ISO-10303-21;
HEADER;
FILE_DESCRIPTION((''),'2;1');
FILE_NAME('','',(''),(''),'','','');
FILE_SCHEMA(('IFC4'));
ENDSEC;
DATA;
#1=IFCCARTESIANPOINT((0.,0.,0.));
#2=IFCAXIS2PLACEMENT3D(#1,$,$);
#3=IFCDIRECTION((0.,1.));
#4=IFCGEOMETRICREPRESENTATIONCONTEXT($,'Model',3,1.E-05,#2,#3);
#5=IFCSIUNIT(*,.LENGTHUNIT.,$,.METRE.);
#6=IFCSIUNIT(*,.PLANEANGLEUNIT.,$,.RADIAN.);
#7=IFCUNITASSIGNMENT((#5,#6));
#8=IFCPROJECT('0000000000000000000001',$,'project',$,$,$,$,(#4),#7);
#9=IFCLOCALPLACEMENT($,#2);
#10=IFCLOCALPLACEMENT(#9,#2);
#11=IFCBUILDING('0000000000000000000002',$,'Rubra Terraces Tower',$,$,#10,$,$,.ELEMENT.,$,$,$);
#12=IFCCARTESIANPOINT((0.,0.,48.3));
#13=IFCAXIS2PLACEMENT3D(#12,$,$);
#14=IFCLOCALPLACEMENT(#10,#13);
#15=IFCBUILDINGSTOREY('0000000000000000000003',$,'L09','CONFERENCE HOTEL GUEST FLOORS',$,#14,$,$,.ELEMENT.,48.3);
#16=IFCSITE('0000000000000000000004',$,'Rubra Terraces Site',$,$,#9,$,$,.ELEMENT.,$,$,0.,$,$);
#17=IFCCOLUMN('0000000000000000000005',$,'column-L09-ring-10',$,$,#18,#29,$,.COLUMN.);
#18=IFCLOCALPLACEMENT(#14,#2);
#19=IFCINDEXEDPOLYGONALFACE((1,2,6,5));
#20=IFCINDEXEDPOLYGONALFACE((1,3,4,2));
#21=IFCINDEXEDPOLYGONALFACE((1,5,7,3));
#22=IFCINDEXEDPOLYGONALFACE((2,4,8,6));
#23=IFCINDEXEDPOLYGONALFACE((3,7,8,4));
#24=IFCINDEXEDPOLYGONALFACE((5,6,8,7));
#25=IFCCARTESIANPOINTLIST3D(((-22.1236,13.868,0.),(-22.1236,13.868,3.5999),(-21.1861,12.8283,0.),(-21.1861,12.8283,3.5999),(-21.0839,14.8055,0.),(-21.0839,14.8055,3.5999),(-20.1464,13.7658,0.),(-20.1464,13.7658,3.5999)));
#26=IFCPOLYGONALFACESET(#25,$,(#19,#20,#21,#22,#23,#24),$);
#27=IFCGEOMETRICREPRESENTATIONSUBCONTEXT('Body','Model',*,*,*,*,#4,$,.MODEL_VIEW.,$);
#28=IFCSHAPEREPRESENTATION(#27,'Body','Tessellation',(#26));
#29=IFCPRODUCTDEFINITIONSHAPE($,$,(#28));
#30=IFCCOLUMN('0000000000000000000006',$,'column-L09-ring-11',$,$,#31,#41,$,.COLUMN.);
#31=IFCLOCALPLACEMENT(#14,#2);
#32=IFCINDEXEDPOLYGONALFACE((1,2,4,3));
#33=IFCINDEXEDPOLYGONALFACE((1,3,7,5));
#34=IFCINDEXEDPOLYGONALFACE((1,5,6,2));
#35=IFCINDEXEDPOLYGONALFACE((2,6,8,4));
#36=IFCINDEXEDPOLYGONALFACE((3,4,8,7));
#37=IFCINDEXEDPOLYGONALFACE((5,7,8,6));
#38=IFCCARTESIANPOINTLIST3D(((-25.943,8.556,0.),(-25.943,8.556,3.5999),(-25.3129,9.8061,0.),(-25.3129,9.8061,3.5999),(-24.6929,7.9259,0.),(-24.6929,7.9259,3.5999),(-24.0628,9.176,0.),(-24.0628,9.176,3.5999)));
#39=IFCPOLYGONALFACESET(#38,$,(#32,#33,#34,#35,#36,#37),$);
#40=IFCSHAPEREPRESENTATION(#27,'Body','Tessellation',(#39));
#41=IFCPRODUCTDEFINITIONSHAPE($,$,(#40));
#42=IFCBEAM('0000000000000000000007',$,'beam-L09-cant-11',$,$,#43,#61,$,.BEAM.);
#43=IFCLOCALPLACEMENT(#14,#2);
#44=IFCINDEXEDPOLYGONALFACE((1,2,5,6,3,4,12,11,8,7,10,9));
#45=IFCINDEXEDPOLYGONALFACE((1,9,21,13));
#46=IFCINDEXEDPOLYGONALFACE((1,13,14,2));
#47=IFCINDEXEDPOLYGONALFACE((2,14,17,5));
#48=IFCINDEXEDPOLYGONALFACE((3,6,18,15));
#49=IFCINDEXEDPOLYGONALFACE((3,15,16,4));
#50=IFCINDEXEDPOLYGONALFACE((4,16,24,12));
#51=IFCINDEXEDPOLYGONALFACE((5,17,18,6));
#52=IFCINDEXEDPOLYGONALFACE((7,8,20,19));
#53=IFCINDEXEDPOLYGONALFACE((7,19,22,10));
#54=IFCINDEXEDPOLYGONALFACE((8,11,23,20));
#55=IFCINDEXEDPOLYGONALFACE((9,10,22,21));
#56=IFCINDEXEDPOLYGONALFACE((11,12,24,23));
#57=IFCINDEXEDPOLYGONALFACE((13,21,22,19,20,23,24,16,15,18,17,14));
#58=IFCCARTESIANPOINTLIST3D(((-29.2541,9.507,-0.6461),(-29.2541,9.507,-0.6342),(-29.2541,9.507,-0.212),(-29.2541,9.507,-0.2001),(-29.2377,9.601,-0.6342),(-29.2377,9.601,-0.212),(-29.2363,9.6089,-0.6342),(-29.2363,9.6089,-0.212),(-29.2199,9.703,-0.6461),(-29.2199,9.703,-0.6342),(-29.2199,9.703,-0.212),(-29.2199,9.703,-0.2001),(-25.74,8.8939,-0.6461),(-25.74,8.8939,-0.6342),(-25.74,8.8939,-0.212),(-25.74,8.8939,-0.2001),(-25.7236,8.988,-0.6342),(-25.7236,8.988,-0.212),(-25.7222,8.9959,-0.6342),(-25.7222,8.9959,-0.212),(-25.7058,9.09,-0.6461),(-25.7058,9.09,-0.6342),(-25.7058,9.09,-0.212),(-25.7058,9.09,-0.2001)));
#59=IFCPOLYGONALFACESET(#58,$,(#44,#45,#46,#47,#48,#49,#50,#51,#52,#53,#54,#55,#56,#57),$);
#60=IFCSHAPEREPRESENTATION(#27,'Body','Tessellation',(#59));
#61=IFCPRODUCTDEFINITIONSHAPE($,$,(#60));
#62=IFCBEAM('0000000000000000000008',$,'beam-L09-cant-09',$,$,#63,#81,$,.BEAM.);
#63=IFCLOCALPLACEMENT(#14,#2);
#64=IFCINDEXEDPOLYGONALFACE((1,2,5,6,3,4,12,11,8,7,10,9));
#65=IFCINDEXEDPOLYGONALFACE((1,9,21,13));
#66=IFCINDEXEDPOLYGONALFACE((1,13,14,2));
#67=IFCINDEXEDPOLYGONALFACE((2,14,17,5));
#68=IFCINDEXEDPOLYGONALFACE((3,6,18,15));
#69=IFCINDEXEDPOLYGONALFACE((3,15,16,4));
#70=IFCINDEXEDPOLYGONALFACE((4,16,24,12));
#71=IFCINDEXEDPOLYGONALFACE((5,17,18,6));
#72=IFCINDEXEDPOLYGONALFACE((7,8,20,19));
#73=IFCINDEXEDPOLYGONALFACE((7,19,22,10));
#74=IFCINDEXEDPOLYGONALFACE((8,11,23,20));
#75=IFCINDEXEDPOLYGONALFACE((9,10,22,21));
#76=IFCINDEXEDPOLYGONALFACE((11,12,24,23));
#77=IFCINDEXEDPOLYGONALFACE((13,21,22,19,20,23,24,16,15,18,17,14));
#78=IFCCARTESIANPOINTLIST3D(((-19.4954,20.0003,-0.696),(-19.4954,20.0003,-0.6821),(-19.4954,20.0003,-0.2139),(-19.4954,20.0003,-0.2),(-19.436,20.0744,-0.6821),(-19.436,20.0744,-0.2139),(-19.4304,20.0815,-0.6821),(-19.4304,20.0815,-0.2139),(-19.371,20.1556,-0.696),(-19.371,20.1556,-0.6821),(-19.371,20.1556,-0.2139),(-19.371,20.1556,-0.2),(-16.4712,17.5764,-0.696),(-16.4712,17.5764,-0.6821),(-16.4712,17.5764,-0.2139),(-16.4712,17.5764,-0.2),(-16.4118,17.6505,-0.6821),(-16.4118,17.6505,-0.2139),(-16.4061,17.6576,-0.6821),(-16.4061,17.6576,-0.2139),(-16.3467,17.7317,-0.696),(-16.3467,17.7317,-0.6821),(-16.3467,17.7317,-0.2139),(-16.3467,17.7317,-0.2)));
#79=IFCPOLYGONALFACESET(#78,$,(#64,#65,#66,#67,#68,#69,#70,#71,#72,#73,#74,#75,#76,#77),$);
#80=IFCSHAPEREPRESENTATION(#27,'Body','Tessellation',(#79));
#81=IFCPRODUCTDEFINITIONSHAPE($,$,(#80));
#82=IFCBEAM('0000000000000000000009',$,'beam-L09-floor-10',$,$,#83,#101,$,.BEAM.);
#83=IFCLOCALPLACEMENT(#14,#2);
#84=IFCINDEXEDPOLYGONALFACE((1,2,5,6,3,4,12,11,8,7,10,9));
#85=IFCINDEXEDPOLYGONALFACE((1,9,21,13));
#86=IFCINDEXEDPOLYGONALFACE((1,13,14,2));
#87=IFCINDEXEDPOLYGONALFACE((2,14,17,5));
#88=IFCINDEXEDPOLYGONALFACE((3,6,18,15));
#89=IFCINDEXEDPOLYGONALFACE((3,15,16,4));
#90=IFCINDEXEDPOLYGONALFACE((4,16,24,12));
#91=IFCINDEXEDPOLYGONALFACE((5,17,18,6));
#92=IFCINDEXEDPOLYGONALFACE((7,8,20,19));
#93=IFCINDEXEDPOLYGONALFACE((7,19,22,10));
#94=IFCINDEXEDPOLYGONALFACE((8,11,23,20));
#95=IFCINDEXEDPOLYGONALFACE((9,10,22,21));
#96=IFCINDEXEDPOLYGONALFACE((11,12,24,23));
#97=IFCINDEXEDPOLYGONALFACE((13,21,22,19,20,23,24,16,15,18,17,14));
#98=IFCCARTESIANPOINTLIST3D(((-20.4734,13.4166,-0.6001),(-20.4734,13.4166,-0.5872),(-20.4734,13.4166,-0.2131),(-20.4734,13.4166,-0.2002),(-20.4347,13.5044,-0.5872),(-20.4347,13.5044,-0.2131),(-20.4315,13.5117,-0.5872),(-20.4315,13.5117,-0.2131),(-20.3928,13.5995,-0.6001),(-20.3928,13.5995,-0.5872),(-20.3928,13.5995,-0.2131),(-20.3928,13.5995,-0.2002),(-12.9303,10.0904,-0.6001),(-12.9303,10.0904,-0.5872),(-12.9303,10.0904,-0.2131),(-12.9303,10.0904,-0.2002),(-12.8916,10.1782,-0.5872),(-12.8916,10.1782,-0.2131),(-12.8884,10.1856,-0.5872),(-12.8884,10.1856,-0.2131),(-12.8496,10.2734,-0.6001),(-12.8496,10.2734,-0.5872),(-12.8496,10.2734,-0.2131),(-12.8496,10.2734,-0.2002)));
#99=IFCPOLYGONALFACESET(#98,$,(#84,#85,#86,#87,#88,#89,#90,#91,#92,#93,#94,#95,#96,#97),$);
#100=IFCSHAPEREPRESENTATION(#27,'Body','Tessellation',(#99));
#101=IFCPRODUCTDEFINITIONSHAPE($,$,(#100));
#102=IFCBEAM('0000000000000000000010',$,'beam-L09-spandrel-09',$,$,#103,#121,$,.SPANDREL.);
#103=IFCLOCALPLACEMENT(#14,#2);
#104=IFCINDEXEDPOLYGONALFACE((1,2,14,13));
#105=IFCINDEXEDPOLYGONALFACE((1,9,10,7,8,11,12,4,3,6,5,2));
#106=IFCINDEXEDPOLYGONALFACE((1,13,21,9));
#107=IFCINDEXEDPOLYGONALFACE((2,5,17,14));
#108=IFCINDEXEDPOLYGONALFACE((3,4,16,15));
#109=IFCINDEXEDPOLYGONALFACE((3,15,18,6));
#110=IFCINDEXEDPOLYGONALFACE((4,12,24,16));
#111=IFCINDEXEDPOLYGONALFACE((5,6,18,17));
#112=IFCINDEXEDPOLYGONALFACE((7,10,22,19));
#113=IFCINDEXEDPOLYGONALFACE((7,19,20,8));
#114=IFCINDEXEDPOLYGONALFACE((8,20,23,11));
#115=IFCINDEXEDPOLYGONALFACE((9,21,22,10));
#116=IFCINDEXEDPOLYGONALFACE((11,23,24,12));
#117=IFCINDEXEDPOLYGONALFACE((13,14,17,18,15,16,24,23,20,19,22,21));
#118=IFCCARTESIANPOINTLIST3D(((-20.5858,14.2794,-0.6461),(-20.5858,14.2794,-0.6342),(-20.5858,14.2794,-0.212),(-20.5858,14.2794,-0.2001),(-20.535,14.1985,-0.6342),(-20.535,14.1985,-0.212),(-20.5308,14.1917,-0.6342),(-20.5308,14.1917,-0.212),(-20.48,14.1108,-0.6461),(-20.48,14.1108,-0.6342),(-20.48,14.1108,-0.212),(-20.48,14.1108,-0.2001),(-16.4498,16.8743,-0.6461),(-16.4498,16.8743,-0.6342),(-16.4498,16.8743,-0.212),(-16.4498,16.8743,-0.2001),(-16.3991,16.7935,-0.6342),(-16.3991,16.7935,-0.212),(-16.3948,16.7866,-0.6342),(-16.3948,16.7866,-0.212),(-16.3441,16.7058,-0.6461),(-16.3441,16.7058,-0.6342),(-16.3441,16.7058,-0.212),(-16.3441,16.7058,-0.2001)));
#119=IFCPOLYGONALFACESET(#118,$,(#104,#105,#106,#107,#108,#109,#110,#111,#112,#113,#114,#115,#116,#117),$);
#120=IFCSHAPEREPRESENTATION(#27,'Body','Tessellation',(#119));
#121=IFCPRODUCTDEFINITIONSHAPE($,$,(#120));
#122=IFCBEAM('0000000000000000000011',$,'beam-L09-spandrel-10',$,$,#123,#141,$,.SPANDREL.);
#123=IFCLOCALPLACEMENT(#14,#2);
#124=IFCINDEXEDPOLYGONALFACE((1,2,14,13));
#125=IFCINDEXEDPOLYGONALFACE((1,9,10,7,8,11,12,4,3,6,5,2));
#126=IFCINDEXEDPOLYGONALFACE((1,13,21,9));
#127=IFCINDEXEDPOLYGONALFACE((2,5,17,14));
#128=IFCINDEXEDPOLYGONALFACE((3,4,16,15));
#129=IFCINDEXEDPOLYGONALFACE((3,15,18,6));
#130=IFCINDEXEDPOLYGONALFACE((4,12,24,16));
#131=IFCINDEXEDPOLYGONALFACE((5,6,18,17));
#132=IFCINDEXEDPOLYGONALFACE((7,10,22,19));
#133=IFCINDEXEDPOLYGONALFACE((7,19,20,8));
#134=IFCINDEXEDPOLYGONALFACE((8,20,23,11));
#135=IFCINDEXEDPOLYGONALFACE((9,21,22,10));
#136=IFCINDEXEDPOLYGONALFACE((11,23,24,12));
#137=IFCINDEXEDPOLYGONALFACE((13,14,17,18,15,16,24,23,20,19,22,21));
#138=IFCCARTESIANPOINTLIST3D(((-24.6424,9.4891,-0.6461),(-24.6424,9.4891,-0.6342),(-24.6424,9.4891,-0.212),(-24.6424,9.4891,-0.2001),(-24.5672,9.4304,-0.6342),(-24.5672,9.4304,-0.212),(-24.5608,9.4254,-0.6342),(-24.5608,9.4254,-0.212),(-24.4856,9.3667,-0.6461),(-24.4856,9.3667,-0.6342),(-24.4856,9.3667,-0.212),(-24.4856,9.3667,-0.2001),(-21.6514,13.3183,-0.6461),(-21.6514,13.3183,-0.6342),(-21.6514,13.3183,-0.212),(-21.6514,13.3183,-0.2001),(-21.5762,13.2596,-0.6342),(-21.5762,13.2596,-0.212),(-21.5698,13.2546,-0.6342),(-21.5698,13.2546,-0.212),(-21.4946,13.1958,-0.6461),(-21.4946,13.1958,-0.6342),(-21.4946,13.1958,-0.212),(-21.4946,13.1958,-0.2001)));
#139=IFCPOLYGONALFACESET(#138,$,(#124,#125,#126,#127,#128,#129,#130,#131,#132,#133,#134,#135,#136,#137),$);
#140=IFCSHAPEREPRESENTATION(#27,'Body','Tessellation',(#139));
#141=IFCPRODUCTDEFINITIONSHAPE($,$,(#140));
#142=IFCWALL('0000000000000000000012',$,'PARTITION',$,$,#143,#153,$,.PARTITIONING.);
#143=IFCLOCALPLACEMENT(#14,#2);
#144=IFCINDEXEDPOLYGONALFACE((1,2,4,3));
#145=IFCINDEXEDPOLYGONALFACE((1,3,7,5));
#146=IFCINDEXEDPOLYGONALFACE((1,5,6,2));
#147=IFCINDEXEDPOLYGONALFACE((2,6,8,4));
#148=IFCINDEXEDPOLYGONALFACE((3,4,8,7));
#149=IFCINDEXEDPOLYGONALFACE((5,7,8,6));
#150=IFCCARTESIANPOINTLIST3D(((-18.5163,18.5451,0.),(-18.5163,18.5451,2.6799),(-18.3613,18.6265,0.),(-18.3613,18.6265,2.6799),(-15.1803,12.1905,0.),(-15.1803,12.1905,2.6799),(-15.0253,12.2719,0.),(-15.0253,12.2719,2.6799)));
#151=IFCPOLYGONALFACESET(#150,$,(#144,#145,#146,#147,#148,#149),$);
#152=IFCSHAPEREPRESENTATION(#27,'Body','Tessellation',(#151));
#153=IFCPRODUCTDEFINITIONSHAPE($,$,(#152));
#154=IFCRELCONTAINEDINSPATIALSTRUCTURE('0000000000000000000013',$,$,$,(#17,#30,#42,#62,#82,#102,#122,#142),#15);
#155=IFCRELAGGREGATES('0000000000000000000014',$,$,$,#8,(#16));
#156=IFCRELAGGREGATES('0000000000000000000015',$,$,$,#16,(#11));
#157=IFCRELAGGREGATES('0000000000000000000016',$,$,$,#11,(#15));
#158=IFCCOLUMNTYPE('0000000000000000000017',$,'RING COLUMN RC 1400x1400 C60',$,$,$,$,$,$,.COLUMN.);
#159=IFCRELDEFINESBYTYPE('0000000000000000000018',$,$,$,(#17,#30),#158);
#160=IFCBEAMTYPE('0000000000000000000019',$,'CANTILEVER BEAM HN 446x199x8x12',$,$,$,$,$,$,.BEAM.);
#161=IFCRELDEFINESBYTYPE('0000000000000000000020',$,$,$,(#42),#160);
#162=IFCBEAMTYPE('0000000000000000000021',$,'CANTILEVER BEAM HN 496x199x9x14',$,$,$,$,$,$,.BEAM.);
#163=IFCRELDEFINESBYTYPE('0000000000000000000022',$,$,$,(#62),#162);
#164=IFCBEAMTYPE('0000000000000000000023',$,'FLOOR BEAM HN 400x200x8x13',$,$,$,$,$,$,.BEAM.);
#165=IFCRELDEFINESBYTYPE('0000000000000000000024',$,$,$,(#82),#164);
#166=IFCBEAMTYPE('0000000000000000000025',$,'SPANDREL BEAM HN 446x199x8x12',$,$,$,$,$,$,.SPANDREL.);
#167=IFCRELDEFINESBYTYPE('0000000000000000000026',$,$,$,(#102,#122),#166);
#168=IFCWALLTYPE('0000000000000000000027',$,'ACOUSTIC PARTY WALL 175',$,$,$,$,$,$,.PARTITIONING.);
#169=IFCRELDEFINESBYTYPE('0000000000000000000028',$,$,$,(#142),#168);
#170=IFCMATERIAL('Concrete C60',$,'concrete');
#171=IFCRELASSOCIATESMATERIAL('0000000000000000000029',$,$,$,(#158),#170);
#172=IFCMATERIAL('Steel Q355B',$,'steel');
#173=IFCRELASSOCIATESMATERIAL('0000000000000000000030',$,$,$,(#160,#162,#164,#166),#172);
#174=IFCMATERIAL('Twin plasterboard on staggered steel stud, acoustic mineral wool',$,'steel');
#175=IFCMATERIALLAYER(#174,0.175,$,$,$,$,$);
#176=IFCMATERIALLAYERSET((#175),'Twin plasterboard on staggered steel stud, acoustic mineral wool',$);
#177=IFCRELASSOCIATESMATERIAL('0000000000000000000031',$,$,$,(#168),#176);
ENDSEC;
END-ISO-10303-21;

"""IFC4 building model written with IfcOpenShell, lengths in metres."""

from ifc_helpers import new_model, si_unit, direction, frame, frame_2d, origin, origin_2d, place, context, subcontext, project, spatial, rectangle, i_section, extrude, material, layer, layer_set, material_profile, profile_set, type_object, element, save


model = new_model("IFC4")

# Units and contexts
model_context = context("Model", 3, precision=1e-05, world=origin(), true_north=direction((0.0, 1.0)))
body_context = subcontext(model_context, "Body", "Model", "MODEL_VIEW")
ifc_project = project(units=[si_unit("LENGTHUNIT", "METRE"), si_unit("PLANEANGLEUNIT", "RADIAN")], contexts=[model_context])

# Site, building, storey
site_placement = place(None, origin())
site = spatial("IfcSite", under=ifc_project, at=site_placement, Name="Rubra Terraces Site", CompositionType="ELEMENT", RefElevation=0.0)
building_placement = place(site_placement, origin())
building = spatial("IfcBuilding", under=site, at=building_placement, Name="Rubra Terraces Tower", CompositionType="ELEMENT")
storey_placement = place(building_placement, frame((0.0, 0.0, 48.3)))
storey = spatial("IfcBuildingStorey", under=building, at=storey_placement, Name="L09", Description="CONFERENCE HOTEL GUEST FLOORS", CompositionType="ELEMENT", Elevation=48.3)

# Columns
ifc_material_1 = material(Name="Concrete C60", Category="concrete")
ifc_material_profile_1 = material_profile(ifc_material_1, rectangle(XDim=1.3999, YDim=1.3999, at=origin_2d()), Name="RC 1400x1400")
ifc_profile_set_1 = profile_set([ifc_material_profile_1], Name="Concrete C60")
column_type = type_object("IfcColumnType", Name="RING COLUMN RC 1400x1400 C60", PredefinedType="COLUMN", material=ifc_profile_set_1)
for number, where, z_axis, x_axis, name in (
    (1, (-21.135, 13.8169, 0.0), (0.0, 0.0, 1.0), (-0.742676, -0.669651, 0.0), "column-L09-ring-10"),
    (2, (-25.0029, 8.866, 0.0), (0.0, 0.0, 1.0), (-0.450099, -0.892979, 0.0), "column-L09-ring-11"),
):
    element("IfcColumn", number, at=place(storey_placement, frame(where, z_axis=z_axis, x_axis=x_axis)), inside=storey, type_object=column_type, Name=name, PredefinedType="COLUMN", context=body_context, shape_type="SweptSolid", body=[
        extrude(rectangle(XDim=1.3999, YDim=1.3999, at=origin_2d()), origin(), (0.0, 0.0, 1.0), 3.5999),
    ])

# Beams
ifc_material_2 = material(Name="Steel Q355B", Category="steel")
ifc_material_profile_2 = material_profile(ifc_material_2, i_section(OverallWidth=0.199, OverallDepth=0.446, WebThickness=0.0081, FlangeThickness=0.012, at=origin_2d()), Name="HN 446x199x8x12")
ifc_profile_set_2 = profile_set([ifc_material_profile_2], Name="Steel Q355B")
beam_type_1 = type_object("IfcBeamType", Name="CANTILEVER BEAM HN 446x199x8x12", PredefinedType="BEAM", material=ifc_profile_set_2)
beam_1_placement = place(storey_placement, frame((-25.7229, 8.9919, -0.4231), z_axis=(-0.985123, 0.171852, 0.0), x_axis=(-0.171852, -0.985123, 0.0)))
element("IfcBeam", 3, at=beam_1_placement, inside=storey, type_object=beam_type_1, Name="beam-L09-cant-11", PredefinedType="BEAM", context=body_context, shape_type="SweptSolid", body=[
    extrude(i_section(OverallWidth=0.199, OverallDepth=0.446, WebThickness=0.0081, FlangeThickness=0.012, at=origin_2d()), origin(), (0.0, 0.0, 1.0), 3.5671),
])
ifc_material_profile_3 = material_profile(ifc_material_2, i_section(OverallWidth=0.199, OverallDepth=0.4961, WebThickness=0.009, FlangeThickness=0.0139, at=origin_2d()), Name="HN 496x199x9x14")
ifc_profile_set_3 = profile_set([ifc_material_profile_3], Name="Steel Q355B")
beam_type_2 = type_object("IfcBeamType", Name="CANTILEVER BEAM HN 496x199x9x14", PredefinedType="BEAM", material=ifc_profile_set_3)
beam_2_placement = place(storey_placement, frame((-16.4089, 17.6541, -0.448), z_axis=(-0.780303, 0.625402, 0.0), x_axis=(-0.625402, -0.780303, 0.0)))
element("IfcBeam", 4, at=beam_2_placement, inside=storey, type_object=beam_type_2, Name="beam-L09-cant-09", PredefinedType="BEAM", context=body_context, shape_type="SweptSolid", body=[
    extrude(i_section(OverallWidth=0.199, OverallDepth=0.4961, WebThickness=0.009, FlangeThickness=0.0139, at=origin_2d()), origin(), (0.0, 0.0, 1.0), 3.8757),
])
ifc_material_profile_4 = material_profile(ifc_material_2, i_section(OverallWidth=0.2, OverallDepth=0.3999, WebThickness=0.0081, FlangeThickness=0.0129, at=origin_2d()), Name="HN 400x200x8x13")
ifc_profile_set_4 = profile_set([ifc_material_profile_4], Name="Steel Q355B")
beam_type_3 = type_object("IfcBeamType", Name="FLOOR BEAM HN 400x200x8x13", PredefinedType="BEAM", material=ifc_profile_set_4)
beam_3_placement = place(storey_placement, frame((-20.4331, 13.5081, -0.4001), z_axis=(0.914995, -0.403466, 0.0), x_axis=(0.403466, 0.914995, 0.0)))
element("IfcBeam", 5, at=beam_3_placement, inside=storey, type_object=beam_type_3, Name="beam-L09-floor-10", PredefinedType="BEAM", context=body_context, shape_type="SweptSolid", body=[
    extrude(i_section(OverallWidth=0.2, OverallDepth=0.3999, WebThickness=0.0081, FlangeThickness=0.0129, at=origin_2d()), origin(), (0.0, 0.0, 1.0), 8.2439),
])
ifc_material_profile_5 = material_profile(ifc_material_2, i_section(OverallWidth=0.199, OverallDepth=0.446, WebThickness=0.0081, FlangeThickness=0.012, at=origin_2d()), Name="HN 446x199x8x12")
ifc_profile_set_5 = profile_set([ifc_material_profile_5], Name="Steel Q355B")
beam_type_4 = type_object("IfcBeamType", Name="SPANDREL BEAM HN 446x199x8x12", PredefinedType="SPANDREL", material=ifc_profile_set_5)
beam_4_placement = place(storey_placement, frame((-16.397, 16.79, -0.4231), z_axis=(-0.847078, -0.531468, 0.0), x_axis=(0.531468, -0.847078, 0.0)))
element("IfcBeam", 6, at=beam_4_placement, inside=storey, type_object=beam_type_4, Name="beam-L09-spandrel-09", PredefinedType="SPANDREL", context=body_context, shape_type="SweptSolid", body=[
    extrude(i_section(OverallWidth=0.199, OverallDepth=0.446, WebThickness=0.0081, FlangeThickness=0.012, at=origin_2d()), origin(), (0.0, 0.0, 1.0), 4.8826),
])
beam_5_placement = place(storey_placement, frame((-21.573, 13.2571, -0.4231), z_axis=(-0.615578, -0.788076, 0.0), x_axis=(0.788076, -0.615578, 0.0)))
element("IfcBeam", 7, at=beam_5_placement, inside=storey, type_object=beam_type_4, Name="beam-L09-spandrel-10", PredefinedType="SPANDREL", context=body_context, shape_type="SweptSolid", body=[
    extrude(i_section(OverallWidth=0.199, OverallDepth=0.446, WebThickness=0.0081, FlangeThickness=0.012, at=origin_2d()), origin(), (0.0, 0.0, 1.0), 4.8589),
])

# Wall
ifc_material_3 = material(Name="Twin plasterboard on staggered steel stud, acoustic mineral wool", Category="steel")
ifc_layer_1 = layer(ifc_material_3, 0.175)
ifc_layer_set_1 = layer_set([ifc_layer_1], Name="Twin plasterboard on staggered steel stud, acoustic mineral wool")
wall_type_1 = type_object("IfcWallType", Name="ACOUSTIC PARTY WALL 175", PredefinedType="PARTITIONING", material=ifc_layer_set_1)
wall_1_placement = place(storey_placement, frame((-18.4387, 18.5857, 0.0), z_axis=(0.0, 0.0, 1.0), x_axis=(0.464815, -0.885408, 0.0)))
element("IfcWall", 8, at=wall_1_placement, inside=storey, type_object=wall_type_1, Name="PARTITION", PredefinedType="PARTITIONING", context=body_context, shape_type="SweptSolid", body=[
    extrude(rectangle(XDim=7.177, YDim=0.175, at=frame_2d((3.5884, 0.0))), origin(), (0.0, 0.0, 1.0), 2.6799),
])

save(model, "model.ifc")
